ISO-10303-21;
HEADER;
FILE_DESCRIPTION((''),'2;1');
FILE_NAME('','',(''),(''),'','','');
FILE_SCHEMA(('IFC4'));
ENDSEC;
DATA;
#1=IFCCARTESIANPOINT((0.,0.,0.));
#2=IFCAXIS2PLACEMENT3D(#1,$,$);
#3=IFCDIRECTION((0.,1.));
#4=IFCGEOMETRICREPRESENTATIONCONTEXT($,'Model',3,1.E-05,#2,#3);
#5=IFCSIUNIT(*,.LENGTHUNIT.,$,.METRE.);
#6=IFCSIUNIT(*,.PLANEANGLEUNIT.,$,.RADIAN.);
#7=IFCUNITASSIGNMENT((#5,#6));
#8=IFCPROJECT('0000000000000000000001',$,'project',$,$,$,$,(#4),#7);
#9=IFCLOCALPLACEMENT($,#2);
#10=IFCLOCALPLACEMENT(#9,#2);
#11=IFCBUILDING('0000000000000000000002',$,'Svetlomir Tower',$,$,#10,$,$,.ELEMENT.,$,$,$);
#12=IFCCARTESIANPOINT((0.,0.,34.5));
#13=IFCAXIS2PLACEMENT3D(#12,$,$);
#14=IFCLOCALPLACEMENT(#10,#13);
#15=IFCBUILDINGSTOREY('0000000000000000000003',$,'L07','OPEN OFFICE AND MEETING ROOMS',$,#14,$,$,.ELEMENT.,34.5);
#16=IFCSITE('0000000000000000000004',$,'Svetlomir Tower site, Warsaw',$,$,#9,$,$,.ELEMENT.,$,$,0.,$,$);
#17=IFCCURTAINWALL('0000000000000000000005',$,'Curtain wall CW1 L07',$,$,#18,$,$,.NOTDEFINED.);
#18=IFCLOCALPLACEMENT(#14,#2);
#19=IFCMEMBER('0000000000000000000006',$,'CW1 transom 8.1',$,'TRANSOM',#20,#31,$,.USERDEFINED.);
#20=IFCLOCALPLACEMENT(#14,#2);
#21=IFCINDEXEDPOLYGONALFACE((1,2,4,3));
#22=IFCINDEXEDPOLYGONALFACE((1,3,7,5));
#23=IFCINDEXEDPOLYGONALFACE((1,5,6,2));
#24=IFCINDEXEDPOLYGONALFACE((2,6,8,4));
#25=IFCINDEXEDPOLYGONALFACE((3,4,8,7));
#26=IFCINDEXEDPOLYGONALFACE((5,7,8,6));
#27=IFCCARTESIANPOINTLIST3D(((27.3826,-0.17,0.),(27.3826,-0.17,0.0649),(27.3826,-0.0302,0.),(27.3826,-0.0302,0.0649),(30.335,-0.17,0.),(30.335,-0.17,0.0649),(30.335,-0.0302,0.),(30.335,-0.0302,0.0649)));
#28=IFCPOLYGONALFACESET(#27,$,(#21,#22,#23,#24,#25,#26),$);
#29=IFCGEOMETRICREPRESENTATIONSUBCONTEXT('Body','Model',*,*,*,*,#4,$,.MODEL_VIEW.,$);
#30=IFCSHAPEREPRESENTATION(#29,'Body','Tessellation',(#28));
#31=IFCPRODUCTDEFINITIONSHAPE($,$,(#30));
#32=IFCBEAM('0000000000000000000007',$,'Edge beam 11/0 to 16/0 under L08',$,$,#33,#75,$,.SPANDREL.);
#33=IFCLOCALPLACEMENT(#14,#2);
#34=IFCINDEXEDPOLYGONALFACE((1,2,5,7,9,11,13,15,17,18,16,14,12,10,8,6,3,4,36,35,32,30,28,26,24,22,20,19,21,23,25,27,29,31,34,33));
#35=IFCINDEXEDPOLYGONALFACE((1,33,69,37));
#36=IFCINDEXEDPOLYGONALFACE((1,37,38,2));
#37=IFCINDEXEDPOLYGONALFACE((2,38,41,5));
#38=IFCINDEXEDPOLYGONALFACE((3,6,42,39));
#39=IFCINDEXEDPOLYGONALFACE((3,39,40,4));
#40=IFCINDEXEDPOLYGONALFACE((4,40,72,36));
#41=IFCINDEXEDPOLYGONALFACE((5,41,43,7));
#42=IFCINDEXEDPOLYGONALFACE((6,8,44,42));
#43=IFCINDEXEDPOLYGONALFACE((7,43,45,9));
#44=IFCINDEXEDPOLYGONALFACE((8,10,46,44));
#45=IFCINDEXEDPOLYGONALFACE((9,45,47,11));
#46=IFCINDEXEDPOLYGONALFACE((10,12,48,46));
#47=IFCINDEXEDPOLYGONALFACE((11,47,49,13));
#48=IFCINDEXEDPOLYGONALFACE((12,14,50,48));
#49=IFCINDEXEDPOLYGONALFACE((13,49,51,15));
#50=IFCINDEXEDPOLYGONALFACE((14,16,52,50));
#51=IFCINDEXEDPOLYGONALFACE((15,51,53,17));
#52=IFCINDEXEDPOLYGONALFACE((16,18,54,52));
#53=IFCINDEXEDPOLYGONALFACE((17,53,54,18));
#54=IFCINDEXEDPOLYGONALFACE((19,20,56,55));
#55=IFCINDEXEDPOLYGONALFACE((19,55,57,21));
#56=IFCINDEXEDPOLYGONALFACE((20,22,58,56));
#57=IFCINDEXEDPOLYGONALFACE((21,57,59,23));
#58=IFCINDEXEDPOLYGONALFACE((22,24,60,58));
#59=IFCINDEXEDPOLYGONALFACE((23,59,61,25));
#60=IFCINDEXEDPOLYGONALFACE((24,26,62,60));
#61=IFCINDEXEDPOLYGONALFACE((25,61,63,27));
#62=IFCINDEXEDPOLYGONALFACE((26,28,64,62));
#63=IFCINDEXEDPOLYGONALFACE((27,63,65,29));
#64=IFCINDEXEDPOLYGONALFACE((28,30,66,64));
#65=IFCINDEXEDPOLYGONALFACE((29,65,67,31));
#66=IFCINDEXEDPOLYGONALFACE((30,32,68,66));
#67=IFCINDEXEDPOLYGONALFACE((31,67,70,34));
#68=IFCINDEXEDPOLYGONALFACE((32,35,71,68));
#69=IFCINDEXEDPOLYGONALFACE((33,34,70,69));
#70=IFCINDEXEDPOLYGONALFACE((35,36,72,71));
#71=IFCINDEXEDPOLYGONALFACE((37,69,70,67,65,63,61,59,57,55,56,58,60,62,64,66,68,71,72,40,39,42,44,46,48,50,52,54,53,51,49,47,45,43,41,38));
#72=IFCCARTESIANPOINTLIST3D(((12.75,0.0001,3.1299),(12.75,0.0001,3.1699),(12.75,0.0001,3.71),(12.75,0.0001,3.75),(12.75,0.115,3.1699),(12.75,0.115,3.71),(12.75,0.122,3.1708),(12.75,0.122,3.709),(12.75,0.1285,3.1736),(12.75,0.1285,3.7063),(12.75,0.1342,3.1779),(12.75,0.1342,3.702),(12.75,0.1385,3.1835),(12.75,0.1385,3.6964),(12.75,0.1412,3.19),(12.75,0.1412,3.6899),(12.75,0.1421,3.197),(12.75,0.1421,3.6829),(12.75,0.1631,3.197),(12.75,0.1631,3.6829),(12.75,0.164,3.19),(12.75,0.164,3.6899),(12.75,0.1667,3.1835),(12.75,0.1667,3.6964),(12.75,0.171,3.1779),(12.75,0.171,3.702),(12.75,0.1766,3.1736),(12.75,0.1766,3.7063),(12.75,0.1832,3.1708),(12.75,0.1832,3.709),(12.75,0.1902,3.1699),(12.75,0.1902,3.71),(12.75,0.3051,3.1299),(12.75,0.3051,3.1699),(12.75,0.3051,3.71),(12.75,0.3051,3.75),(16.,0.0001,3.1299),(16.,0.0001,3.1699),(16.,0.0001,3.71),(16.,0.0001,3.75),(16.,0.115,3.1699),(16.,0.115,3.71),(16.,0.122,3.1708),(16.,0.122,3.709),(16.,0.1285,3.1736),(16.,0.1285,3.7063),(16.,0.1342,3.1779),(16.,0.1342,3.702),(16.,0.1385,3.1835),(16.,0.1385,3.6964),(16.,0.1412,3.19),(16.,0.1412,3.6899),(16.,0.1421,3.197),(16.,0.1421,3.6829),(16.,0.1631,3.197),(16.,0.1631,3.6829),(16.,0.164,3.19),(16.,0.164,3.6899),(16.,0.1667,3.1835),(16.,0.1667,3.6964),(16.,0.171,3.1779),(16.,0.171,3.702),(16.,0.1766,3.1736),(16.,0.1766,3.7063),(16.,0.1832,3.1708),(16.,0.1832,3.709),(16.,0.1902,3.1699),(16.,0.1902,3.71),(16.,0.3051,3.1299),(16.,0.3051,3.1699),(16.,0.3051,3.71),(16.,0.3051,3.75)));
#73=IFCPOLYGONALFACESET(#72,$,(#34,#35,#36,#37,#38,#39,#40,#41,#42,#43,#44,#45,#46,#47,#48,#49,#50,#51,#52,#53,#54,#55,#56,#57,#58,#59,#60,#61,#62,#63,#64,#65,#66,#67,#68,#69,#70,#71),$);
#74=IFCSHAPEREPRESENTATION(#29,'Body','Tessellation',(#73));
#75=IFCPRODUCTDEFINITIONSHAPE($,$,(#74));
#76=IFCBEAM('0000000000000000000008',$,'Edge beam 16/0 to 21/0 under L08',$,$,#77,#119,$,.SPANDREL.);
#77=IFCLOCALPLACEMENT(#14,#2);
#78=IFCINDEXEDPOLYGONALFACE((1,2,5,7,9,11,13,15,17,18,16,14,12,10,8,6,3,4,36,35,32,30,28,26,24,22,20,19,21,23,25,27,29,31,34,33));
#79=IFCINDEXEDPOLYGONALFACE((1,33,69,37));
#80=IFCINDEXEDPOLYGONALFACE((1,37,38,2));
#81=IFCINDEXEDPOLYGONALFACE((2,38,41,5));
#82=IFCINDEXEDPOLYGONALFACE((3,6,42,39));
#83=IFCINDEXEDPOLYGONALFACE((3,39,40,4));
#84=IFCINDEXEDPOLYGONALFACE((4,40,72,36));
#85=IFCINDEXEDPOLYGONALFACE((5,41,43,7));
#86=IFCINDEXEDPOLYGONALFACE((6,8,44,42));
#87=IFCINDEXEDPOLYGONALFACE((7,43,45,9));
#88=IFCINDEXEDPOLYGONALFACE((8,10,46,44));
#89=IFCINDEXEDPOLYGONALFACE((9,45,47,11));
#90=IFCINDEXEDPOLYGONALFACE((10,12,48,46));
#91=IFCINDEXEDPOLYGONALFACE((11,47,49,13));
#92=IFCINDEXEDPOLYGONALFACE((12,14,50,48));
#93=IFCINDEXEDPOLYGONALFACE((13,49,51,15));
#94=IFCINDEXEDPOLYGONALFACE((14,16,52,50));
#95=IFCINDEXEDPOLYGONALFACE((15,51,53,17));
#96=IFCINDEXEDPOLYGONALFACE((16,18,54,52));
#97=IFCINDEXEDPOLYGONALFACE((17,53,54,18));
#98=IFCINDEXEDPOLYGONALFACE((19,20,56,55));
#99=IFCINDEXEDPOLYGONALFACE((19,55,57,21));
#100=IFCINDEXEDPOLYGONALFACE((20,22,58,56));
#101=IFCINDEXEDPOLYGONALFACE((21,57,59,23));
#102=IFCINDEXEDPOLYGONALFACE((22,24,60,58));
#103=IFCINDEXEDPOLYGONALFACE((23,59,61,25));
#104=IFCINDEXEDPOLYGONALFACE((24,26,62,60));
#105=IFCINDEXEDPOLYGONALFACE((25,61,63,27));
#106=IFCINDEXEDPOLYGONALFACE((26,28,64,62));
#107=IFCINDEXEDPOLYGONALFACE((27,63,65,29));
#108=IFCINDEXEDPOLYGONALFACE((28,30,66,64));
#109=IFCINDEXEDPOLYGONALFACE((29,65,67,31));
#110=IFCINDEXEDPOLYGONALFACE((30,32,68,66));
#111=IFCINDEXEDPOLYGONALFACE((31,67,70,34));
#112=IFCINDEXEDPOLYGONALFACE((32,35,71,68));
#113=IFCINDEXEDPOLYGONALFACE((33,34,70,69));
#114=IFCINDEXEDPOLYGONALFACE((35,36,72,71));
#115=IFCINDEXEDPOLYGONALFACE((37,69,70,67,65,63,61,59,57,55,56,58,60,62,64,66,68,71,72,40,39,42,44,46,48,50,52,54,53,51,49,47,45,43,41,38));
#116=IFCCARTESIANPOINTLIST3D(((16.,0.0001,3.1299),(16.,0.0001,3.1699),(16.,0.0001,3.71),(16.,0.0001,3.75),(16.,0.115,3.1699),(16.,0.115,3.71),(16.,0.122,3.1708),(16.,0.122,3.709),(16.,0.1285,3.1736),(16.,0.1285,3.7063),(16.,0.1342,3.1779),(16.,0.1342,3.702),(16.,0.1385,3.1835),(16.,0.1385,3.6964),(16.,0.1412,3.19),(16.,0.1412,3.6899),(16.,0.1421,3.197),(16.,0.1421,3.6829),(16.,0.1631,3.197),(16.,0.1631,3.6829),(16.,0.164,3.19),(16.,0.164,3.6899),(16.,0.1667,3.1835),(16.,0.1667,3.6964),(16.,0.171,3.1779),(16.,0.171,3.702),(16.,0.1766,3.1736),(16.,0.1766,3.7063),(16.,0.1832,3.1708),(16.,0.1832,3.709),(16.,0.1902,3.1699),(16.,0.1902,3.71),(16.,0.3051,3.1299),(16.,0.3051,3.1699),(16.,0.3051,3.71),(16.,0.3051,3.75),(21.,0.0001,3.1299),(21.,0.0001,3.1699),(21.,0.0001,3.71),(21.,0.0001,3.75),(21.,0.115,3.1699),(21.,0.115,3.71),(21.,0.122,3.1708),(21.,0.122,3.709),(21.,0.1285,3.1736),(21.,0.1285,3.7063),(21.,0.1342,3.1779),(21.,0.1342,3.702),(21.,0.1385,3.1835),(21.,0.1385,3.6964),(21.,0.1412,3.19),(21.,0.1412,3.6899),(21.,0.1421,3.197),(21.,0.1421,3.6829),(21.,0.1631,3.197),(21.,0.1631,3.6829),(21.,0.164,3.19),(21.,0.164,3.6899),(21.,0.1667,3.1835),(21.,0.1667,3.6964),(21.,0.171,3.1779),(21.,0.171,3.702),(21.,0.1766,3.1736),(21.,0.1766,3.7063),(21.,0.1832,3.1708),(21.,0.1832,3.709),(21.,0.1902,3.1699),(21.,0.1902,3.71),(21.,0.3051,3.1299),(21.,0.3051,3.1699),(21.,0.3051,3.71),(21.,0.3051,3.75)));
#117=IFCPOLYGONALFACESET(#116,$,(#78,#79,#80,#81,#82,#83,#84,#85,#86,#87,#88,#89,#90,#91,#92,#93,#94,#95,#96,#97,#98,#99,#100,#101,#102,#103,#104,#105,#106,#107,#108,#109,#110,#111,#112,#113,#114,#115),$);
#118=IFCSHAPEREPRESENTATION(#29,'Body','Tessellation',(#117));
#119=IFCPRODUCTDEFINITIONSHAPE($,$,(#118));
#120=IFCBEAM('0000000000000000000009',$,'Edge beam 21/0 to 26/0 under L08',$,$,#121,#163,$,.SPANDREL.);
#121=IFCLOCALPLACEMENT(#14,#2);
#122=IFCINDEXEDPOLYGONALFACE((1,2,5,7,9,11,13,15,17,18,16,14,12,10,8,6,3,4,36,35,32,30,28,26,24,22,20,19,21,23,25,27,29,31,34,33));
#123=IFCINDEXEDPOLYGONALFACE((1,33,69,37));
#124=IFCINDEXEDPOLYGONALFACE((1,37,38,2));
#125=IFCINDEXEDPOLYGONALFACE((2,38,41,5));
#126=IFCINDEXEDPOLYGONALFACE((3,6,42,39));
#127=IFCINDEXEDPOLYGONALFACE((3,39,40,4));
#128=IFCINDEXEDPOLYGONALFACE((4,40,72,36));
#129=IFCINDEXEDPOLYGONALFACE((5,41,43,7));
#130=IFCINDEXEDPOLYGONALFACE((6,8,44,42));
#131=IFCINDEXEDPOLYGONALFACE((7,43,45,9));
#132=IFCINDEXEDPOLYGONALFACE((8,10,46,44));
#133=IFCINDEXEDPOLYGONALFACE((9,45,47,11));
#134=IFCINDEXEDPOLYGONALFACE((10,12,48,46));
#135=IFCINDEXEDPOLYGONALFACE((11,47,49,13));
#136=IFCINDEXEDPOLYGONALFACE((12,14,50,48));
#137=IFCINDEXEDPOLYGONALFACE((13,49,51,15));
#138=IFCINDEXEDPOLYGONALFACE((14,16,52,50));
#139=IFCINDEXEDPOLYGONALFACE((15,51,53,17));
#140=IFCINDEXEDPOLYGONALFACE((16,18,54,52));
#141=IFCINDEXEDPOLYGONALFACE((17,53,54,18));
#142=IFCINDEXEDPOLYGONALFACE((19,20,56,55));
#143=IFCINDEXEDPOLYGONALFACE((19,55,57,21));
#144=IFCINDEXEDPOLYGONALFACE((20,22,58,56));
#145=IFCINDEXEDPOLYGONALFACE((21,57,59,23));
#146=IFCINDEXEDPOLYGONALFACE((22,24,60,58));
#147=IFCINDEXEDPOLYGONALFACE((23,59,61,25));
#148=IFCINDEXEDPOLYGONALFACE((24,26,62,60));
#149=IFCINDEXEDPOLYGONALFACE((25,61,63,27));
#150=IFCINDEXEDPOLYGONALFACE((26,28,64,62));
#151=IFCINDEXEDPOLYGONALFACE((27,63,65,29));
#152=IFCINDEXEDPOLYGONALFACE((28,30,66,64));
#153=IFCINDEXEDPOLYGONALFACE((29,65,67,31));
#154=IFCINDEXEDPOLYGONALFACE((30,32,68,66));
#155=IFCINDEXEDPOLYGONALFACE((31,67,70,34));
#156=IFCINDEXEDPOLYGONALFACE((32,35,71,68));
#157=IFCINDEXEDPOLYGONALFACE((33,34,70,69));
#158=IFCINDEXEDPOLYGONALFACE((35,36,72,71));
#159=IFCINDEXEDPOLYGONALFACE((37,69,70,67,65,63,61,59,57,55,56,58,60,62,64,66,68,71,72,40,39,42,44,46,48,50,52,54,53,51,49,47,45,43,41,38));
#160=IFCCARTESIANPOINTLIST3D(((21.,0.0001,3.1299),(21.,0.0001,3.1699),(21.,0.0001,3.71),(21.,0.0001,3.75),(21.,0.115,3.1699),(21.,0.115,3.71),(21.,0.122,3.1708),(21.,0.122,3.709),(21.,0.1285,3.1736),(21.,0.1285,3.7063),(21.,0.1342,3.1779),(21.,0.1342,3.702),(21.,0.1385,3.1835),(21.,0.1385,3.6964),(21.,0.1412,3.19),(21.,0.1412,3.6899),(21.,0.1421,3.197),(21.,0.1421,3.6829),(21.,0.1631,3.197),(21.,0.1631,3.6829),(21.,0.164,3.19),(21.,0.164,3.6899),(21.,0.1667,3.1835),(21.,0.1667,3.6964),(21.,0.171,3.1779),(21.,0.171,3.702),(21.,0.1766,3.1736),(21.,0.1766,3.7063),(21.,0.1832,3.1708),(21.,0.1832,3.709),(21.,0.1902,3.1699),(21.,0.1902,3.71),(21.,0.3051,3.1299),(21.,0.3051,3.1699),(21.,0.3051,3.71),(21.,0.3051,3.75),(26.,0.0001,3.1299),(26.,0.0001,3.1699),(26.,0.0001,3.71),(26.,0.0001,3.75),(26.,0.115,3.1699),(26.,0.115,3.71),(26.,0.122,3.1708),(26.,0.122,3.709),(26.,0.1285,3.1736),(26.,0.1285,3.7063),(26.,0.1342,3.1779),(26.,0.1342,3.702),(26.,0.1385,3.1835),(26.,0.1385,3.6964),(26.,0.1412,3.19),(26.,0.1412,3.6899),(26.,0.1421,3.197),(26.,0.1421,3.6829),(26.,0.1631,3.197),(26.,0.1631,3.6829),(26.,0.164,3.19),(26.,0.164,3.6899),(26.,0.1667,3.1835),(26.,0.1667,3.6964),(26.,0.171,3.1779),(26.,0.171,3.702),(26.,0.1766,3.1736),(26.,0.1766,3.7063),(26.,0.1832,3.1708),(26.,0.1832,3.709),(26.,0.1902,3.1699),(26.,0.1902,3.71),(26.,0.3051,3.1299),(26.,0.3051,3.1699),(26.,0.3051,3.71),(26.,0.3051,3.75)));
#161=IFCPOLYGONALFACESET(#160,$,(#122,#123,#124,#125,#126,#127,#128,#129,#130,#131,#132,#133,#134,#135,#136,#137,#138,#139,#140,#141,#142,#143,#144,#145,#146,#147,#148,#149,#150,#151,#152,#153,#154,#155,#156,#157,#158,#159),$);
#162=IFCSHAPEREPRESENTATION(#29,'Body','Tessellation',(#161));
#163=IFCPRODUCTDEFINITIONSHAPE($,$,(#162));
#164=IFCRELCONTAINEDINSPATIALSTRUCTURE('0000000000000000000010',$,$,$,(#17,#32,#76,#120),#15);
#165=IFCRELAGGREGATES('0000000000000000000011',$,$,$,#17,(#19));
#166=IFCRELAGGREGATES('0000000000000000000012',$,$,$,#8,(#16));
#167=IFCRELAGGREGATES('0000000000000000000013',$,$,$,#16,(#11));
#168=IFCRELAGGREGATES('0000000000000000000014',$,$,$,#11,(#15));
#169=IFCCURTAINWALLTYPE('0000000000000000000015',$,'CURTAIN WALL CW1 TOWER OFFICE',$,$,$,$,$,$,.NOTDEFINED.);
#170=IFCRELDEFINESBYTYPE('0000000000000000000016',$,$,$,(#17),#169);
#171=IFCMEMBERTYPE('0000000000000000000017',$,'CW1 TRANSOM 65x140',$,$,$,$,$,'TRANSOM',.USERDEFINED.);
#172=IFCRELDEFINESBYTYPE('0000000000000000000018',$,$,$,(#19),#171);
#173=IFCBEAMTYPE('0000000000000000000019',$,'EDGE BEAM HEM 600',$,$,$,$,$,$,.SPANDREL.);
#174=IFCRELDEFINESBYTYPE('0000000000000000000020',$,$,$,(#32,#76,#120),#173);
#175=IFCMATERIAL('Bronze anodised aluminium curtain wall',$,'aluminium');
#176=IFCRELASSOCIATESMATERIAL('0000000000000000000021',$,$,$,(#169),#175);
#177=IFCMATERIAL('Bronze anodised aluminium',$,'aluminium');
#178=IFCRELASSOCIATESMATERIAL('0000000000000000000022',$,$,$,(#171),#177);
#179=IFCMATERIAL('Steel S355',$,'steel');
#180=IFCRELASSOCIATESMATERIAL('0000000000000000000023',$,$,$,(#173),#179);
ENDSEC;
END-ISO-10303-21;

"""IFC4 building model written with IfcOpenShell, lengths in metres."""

from ifc_helpers import new_model, si_unit, direction, frame, origin, origin_2d, place, context, subcontext, project, spatial, rectangle, i_section, extrude, material, material_profile, profile_set, type_object, element, aggregate, save


model = new_model("IFC4")

# Units and contexts
model_context = context("Model", 3, precision=1e-05, world=origin(), true_north=direction((0.0, 1.0)))
body_context = subcontext(model_context, "Body", "Model", "MODEL_VIEW")
ifc_project = project(units=[si_unit("LENGTHUNIT", "METRE"), si_unit("PLANEANGLEUNIT", "RADIAN")], contexts=[model_context])

# Site, building, storey
site_placement = place(None, origin())
site = spatial("IfcSite", under=ifc_project, at=site_placement, Name="Svetlomir Tower site, Warsaw", CompositionType="ELEMENT", RefElevation=0.0)
building_placement = place(site_placement, origin())
building = spatial("IfcBuilding", under=site, at=building_placement, Name="Svetlomir Tower", CompositionType="ELEMENT")
storey_placement = place(building_placement, frame((0.0, 0.0, 34.5)))
storey = spatial("IfcBuildingStorey", under=building, at=storey_placement, Name="L07", Description="OPEN OFFICE AND MEETING ROOMS", CompositionType="ELEMENT", Elevation=34.5)

# Curtain wall, member
ifc_material_1 = material(Name="Bronze anodised aluminium curtain wall", Category="aluminium")
curtain_wall_type = type_object("IfcCurtainWallType", Name="CURTAIN WALL CW1 TOWER OFFICE", PredefinedType="NOTDEFINED", material=ifc_material_1)
curtain_wall_placement = place(storey_placement, origin())
curtain_wall = element("IfcCurtainWall", 1, at=curtain_wall_placement, inside=storey, type_object=curtain_wall_type, Name="Curtain wall CW1 L07", PredefinedType="NOTDEFINED")
ifc_material_2 = material(Name="Bronze anodised aluminium", Category="aluminium")
ifc_material_profile_1 = material_profile(ifc_material_2, rectangle(XDim=0.1399, YDim=0.0649, at=origin_2d()), Name="AL 140x65")
ifc_profile_set_1 = profile_set([ifc_material_profile_1], Name="Bronze anodised aluminium 6063-T6")
member_type_1 = type_object("IfcMemberType", Name="CW1 TRANSOM 65x140", ElementType="TRANSOM", PredefinedType="USERDEFINED", material=ifc_profile_set_1)
member_1_placement = place(storey_placement, frame((27.3826, -0.1001, 0.0325), z_axis=(1.0, 0.0, 0.0), x_axis=(0.0, 1.0, 0.0)))
member_1 = element("IfcMember", 2, at=member_1_placement, type_object=member_type_1, Name="CW1 transom 8.1", ObjectType="TRANSOM", PredefinedType="USERDEFINED", context=body_context, shape_type="SweptSolid", body=[
    extrude(rectangle(XDim=0.1399, YDim=0.0649, at=origin_2d()), origin(), (0.0, 0.0, 1.0), 2.9524),
])

# Beams
ifc_material_3 = material(Name="Steel S355", Category="steel")
ifc_material_profile_2 = material_profile(ifc_material_3, i_section(OverallWidth=0.3049, OverallDepth=0.6201, WebThickness=0.021, FlangeThickness=0.04, FilletRadius=0.0271, at=origin_2d()), Name="HEM 600")
ifc_profile_set_2 = profile_set([ifc_material_profile_2], Name="Steel S355")
beam_type_1 = type_object("IfcBeamType", Name="EDGE BEAM HEM 600", PredefinedType="SPANDREL", material=ifc_profile_set_2)
beam_1_placement = place(storey_placement, frame((12.75, 0.1526, 3.4399), z_axis=(1.0, 0.0, 0.0), x_axis=(0.0, 1.0, 0.0)))
element("IfcBeam", 3, at=beam_1_placement, inside=storey, type_object=beam_type_1, Name="Edge beam 11/0 to 16/0 under L08", PredefinedType="SPANDREL", context=body_context, shape_type="SweptSolid", body=[
    extrude(i_section(OverallWidth=0.3049, OverallDepth=0.6201, WebThickness=0.021, FlangeThickness=0.04, FilletRadius=0.0271, at=origin_2d()), origin(), (0.0, 0.0, 1.0), 3.25),
])
for number, where, z_axis, x_axis, name in (
    (4, (16.0, 0.1526, 3.4399), (1.0, 0.0, 0.0), (0.0, 1.0, 0.0), "Edge beam 16/0 to 21/0 under L08"),
    (5, (21.0, 0.1526, 3.4399), (1.0, 0.0, 0.0), (0.0, 1.0, 0.0), "Edge beam 21/0 to 26/0 under L08"),
):
    element("IfcBeam", number, at=place(storey_placement, frame(where, z_axis=z_axis, x_axis=x_axis)), inside=storey, type_object=beam_type_1, Name=name, PredefinedType="SPANDREL", context=body_context, shape_type="SweptSolid", body=[
        extrude(i_section(OverallWidth=0.3049, OverallDepth=0.6201, WebThickness=0.021, FlangeThickness=0.04, FilletRadius=0.0271, at=origin_2d()), origin(), (0.0, 0.0, 1.0), 5.0),
    ])

aggregate(curtain_wall, [member_1])

save(model, "model.ifc")
